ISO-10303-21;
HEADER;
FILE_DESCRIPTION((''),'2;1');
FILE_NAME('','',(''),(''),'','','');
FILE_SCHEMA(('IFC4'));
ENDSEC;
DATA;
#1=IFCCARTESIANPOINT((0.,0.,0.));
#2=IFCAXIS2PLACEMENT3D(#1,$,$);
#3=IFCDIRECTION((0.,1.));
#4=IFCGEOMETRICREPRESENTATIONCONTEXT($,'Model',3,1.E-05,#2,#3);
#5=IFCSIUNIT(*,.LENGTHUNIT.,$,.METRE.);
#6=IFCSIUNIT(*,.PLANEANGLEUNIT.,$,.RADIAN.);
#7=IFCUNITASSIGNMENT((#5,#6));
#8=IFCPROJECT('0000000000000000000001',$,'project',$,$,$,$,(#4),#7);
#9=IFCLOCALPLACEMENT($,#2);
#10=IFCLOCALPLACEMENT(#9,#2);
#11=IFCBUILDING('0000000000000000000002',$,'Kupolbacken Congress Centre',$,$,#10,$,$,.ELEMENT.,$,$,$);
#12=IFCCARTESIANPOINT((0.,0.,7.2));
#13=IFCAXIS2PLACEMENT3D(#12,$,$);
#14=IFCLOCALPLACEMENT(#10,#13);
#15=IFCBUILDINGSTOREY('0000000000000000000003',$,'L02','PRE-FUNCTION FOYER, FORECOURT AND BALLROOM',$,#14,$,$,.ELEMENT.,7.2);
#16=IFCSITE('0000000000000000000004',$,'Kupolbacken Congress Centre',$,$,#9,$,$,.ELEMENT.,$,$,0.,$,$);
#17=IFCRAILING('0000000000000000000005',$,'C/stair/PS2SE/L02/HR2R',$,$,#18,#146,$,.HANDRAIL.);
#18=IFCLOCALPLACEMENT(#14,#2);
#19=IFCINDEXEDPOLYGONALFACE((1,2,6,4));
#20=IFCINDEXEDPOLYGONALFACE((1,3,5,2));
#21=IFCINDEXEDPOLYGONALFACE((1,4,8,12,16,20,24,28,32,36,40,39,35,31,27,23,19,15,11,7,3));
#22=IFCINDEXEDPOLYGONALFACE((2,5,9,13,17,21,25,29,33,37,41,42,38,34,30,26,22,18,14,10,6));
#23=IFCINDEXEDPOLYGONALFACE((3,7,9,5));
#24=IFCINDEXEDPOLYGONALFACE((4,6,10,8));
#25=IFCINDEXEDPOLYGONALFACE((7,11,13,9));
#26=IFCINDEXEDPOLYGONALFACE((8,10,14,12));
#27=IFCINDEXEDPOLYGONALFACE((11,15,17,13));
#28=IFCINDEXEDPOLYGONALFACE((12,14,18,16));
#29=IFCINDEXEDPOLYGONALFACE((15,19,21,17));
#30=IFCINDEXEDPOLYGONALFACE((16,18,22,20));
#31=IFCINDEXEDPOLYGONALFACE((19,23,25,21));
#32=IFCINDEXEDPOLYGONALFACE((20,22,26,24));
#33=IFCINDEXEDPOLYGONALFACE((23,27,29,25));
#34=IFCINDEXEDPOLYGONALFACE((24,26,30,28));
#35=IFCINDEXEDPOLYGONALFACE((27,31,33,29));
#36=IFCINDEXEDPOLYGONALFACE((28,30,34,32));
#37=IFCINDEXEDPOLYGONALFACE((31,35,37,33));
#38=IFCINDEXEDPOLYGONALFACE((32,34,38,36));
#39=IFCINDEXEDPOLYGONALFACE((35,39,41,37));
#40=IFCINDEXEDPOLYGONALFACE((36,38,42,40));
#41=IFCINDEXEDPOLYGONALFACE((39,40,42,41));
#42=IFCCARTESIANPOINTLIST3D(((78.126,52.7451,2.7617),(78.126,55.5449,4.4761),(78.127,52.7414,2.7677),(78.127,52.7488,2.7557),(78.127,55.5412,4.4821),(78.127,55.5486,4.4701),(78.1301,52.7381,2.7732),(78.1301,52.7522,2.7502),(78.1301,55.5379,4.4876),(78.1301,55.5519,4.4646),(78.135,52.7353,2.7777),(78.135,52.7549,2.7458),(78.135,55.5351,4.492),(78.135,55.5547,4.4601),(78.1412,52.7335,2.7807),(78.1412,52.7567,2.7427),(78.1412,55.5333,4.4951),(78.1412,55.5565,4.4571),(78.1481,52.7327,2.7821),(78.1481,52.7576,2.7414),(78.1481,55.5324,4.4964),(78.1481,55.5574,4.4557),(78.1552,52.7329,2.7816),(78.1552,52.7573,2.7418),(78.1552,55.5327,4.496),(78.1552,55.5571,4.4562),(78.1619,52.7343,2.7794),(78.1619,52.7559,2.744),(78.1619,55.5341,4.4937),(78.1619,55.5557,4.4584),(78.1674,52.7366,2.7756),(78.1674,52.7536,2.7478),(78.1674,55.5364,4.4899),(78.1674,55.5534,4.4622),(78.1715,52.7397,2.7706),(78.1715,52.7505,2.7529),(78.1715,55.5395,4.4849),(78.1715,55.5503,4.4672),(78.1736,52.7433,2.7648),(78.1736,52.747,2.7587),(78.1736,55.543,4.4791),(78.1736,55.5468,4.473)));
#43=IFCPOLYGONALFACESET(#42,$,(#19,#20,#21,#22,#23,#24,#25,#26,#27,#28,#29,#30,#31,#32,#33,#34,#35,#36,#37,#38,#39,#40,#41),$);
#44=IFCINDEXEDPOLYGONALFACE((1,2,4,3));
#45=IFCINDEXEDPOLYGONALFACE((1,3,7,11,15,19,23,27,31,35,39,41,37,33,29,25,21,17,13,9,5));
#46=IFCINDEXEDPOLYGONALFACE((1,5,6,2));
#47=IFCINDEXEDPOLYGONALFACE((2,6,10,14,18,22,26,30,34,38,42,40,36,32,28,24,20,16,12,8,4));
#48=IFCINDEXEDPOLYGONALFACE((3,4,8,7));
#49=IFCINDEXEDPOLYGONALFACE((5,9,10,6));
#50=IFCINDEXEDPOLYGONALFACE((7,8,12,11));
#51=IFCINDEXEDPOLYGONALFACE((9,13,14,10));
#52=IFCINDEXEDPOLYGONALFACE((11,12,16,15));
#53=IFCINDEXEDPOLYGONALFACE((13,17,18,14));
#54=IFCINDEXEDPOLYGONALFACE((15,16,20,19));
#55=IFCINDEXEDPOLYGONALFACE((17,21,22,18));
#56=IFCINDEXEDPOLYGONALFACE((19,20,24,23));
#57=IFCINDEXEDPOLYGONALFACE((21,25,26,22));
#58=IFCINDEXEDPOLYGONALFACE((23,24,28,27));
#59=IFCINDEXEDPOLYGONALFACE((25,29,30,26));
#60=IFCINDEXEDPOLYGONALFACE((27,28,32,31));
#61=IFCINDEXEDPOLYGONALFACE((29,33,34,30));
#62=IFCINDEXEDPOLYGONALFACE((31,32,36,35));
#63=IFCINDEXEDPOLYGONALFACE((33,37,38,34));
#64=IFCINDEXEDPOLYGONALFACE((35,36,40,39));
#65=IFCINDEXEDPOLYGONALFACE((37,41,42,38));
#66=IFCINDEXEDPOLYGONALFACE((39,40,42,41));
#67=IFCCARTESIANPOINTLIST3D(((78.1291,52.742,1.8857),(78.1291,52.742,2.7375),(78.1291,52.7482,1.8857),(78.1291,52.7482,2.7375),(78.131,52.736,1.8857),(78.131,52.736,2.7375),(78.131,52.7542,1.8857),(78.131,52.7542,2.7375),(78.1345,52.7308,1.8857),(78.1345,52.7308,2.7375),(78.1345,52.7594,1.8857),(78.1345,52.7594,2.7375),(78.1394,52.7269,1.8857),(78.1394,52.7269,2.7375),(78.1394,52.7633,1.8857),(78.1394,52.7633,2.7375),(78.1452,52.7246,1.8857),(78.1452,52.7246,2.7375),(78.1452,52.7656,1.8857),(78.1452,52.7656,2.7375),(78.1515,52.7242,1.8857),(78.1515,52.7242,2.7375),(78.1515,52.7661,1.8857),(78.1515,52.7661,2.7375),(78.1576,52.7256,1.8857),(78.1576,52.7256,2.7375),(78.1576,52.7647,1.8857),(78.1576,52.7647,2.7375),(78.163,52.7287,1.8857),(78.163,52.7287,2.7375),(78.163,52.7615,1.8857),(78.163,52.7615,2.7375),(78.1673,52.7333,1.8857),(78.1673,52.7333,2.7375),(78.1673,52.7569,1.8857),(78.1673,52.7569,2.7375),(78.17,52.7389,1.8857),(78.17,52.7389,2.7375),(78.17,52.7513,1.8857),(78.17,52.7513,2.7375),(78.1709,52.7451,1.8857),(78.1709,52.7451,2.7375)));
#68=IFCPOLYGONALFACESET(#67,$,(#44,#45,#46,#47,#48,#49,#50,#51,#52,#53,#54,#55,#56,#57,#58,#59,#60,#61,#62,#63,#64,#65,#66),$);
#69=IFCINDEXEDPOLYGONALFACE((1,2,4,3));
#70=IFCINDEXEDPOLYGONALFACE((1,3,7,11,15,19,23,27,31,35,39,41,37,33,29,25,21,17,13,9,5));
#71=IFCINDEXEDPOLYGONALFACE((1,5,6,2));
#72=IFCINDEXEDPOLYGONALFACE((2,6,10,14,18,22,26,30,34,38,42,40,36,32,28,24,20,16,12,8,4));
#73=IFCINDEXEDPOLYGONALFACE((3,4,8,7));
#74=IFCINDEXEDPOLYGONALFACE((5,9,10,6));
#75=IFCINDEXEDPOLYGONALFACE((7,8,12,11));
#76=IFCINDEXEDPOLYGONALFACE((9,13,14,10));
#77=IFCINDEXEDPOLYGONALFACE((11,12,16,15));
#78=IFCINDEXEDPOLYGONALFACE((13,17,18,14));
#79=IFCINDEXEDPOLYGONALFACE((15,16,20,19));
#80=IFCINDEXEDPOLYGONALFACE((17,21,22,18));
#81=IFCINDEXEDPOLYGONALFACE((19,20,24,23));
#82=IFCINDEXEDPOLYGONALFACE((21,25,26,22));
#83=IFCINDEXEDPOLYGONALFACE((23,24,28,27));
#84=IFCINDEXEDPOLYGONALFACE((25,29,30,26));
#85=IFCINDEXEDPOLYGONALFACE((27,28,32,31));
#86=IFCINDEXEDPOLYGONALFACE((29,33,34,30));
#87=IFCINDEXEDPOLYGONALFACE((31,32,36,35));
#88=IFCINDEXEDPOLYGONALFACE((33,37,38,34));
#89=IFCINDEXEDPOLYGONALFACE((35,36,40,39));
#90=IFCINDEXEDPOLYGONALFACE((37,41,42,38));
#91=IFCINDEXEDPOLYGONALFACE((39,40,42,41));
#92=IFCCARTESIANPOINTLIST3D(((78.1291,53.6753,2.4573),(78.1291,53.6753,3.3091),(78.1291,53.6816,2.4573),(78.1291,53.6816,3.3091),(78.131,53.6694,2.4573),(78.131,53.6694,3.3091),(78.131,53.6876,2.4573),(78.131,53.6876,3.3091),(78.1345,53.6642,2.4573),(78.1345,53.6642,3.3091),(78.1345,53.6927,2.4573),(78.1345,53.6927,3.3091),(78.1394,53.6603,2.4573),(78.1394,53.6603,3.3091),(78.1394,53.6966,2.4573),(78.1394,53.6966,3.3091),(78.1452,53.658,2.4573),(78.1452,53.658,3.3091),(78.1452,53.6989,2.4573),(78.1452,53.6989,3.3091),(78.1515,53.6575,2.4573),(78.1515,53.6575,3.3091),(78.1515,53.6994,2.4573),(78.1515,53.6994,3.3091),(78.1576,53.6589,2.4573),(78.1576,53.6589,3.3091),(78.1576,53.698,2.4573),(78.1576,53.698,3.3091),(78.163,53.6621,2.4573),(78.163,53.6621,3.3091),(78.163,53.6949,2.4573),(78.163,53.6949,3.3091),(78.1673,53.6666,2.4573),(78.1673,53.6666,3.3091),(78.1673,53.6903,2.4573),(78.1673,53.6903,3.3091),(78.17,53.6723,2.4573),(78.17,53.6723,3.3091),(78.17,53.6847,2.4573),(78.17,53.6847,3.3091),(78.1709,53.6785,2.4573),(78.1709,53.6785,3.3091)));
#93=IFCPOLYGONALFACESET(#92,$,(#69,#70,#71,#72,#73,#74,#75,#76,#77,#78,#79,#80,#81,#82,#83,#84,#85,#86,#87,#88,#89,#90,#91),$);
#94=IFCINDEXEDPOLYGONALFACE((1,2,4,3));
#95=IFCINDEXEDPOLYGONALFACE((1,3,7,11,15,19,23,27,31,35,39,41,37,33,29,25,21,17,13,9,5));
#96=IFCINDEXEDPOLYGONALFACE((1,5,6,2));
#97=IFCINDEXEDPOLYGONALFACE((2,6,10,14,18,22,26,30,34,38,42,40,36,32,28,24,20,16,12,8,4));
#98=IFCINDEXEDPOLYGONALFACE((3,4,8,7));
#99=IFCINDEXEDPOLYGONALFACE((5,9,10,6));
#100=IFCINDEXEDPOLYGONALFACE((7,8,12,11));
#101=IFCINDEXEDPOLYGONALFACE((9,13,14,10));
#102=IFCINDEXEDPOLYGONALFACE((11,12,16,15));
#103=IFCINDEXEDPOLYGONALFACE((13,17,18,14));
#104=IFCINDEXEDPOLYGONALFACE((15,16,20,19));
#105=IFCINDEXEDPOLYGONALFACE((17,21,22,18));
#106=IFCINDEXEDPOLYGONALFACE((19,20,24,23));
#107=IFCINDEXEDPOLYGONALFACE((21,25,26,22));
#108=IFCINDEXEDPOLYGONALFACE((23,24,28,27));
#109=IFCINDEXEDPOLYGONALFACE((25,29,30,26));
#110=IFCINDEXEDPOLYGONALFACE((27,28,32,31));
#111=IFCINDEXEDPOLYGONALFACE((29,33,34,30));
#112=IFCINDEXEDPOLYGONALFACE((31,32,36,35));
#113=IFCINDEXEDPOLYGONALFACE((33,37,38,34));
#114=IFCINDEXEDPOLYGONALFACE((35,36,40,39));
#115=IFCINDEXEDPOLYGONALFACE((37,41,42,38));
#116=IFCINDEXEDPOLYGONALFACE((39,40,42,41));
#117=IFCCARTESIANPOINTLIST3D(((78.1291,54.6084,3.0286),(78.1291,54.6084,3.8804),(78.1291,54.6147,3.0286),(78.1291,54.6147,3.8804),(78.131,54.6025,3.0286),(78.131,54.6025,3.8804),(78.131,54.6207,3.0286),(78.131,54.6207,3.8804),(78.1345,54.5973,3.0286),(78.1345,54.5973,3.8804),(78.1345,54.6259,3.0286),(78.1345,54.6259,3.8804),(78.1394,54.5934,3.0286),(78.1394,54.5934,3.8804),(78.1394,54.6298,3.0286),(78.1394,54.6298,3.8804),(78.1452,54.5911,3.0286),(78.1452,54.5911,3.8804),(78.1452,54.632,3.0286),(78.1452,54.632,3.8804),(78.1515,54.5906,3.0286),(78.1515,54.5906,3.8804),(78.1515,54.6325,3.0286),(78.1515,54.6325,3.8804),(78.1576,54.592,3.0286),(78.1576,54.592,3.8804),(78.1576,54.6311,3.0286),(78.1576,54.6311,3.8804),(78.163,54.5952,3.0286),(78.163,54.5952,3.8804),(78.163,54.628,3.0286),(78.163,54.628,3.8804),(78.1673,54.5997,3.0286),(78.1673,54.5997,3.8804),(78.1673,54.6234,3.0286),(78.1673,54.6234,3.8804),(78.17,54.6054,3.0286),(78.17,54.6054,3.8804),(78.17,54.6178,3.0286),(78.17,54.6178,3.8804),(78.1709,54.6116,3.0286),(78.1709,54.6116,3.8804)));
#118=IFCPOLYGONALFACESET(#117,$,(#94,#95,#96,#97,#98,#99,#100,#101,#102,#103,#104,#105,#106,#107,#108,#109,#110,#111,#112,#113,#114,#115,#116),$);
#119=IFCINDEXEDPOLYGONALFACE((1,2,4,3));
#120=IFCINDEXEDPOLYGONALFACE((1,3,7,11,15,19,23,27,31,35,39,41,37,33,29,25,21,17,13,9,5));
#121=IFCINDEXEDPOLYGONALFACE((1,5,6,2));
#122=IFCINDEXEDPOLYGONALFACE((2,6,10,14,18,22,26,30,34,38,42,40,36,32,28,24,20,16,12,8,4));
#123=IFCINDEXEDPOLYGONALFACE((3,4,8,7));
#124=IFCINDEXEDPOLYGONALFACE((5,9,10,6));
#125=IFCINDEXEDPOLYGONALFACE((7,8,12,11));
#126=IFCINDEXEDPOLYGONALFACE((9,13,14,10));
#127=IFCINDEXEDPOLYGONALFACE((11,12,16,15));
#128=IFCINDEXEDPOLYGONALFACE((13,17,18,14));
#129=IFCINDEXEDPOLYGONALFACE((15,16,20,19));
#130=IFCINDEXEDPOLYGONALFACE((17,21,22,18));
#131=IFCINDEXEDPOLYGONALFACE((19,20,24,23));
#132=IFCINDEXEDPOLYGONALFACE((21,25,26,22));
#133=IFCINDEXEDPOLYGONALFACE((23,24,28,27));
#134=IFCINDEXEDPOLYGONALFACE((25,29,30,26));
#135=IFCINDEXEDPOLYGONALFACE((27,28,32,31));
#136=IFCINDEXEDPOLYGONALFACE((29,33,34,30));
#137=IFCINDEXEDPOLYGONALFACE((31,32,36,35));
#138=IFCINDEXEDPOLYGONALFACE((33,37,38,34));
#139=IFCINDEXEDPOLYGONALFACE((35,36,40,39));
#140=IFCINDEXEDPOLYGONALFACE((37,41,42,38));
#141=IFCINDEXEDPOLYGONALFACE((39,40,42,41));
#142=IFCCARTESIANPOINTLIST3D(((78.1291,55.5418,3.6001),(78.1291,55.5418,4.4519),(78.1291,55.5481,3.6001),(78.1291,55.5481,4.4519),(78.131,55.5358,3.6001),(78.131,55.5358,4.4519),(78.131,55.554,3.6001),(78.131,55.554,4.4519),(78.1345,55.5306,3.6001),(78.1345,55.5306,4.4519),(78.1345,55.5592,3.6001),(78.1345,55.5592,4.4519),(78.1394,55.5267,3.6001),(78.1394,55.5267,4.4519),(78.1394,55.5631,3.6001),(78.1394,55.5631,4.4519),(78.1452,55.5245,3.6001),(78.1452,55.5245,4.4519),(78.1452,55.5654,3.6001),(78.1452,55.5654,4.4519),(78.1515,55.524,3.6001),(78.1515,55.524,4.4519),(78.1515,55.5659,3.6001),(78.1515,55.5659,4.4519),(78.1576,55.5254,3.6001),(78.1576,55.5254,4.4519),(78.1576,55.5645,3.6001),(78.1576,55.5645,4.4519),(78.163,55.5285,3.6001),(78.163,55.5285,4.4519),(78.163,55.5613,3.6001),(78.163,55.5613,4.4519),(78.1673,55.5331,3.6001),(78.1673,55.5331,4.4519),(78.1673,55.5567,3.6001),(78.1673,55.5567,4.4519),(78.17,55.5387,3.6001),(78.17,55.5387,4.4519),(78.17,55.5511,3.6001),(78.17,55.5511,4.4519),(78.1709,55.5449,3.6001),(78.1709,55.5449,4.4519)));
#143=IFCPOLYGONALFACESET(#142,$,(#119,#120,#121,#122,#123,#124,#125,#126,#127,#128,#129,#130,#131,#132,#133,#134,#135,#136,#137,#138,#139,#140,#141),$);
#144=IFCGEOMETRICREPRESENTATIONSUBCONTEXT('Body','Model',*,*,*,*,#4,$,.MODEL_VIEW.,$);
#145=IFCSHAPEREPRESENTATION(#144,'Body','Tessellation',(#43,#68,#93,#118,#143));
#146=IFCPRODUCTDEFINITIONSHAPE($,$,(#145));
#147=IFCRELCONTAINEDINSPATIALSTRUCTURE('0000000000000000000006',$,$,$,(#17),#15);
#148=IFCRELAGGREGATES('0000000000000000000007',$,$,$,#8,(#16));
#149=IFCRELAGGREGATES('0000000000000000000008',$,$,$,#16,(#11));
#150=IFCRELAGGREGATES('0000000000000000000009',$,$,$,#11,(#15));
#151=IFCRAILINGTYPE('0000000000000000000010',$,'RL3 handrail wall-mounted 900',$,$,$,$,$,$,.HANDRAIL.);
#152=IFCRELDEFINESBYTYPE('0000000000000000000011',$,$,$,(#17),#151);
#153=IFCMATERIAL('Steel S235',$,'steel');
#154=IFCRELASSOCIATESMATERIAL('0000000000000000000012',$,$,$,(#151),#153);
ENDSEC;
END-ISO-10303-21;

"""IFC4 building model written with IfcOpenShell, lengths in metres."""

from ifc_helpers import new_model, si_unit, direction, frame, origin, origin_2d, place, context, subcontext, project, spatial, circle, extrude, material, type_object, element, save


model = new_model("IFC4")

# Units and contexts
model_context = context("Model", 3, precision=1e-05, world=origin(), true_north=direction((0.0, 1.0)))
body_context = subcontext(model_context, "Body", "Model", "MODEL_VIEW")
ifc_project = project(units=[si_unit("LENGTHUNIT", "METRE"), si_unit("PLANEANGLEUNIT", "RADIAN")], contexts=[model_context])

# Site, building, storey
site_placement = place(None, origin())
site = spatial("IfcSite", under=ifc_project, at=site_placement, Name="Kupolbacken Congress Centre", CompositionType="ELEMENT", RefElevation=0.0)
building_placement = place(site_placement, origin())
building = spatial("IfcBuilding", under=site, at=building_placement, Name="Kupolbacken Congress Centre", CompositionType="ELEMENT")
storey_placement = place(building_placement, frame((0.0, 0.0, 7.2)))
storey = spatial("IfcBuildingStorey", under=building, at=storey_placement, Name="L02", Description="PRE-FUNCTION FOYER, FORECOURT AND BALLROOM", CompositionType="ELEMENT", Elevation=7.2)

# Railing
ifc_material_1 = material(Name="Steel S235", Category="steel")
railing_type = type_object("IfcRailingType", Name="RL3 handrail wall-mounted 900", PredefinedType="HANDRAIL", material=ifc_material_1)
for number, where, name in (
    (1, (78.1499, 52.7451, 1.8857), "C/stair/PS2SE/L02/HR2R"),
):
    element("IfcRailing", number, at=place(storey_placement, frame(where)), inside=storey, type_object=railing_type, Name=name, PredefinedType="HANDRAIL", context=body_context, shape_type="SweptSolid", body=[
        extrude(circle(Radius=0.0239, at=origin_2d()), frame((0.0, 0.0, 0.876), z_axis=(0.0, 0.852826, 0.522196), x_axis=(-1.0, 0.0, 0.0)), (0.0, 0.0, 1.0), 3.283),
        extrude(circle(Radius=0.021, at=origin_2d()), origin(), (0.0, 0.0, 1.0), 0.8518),
        extrude(circle(Radius=0.021, at=origin_2d()), frame((0.0, 0.9333, 0.5715)), (0.0, 0.0, 1.0), 0.8518),
        extrude(circle(Radius=0.021, at=origin_2d()), frame((0.0, 1.8665, 1.1428)), (0.0, 0.0, 1.0), 0.8518),
        extrude(circle(Radius=0.021, at=origin_2d()), frame((0.0, 2.7998, 1.7144)), (0.0, 0.0, 1.0), 0.8518),
    ])

save(model, "model.ifc")
